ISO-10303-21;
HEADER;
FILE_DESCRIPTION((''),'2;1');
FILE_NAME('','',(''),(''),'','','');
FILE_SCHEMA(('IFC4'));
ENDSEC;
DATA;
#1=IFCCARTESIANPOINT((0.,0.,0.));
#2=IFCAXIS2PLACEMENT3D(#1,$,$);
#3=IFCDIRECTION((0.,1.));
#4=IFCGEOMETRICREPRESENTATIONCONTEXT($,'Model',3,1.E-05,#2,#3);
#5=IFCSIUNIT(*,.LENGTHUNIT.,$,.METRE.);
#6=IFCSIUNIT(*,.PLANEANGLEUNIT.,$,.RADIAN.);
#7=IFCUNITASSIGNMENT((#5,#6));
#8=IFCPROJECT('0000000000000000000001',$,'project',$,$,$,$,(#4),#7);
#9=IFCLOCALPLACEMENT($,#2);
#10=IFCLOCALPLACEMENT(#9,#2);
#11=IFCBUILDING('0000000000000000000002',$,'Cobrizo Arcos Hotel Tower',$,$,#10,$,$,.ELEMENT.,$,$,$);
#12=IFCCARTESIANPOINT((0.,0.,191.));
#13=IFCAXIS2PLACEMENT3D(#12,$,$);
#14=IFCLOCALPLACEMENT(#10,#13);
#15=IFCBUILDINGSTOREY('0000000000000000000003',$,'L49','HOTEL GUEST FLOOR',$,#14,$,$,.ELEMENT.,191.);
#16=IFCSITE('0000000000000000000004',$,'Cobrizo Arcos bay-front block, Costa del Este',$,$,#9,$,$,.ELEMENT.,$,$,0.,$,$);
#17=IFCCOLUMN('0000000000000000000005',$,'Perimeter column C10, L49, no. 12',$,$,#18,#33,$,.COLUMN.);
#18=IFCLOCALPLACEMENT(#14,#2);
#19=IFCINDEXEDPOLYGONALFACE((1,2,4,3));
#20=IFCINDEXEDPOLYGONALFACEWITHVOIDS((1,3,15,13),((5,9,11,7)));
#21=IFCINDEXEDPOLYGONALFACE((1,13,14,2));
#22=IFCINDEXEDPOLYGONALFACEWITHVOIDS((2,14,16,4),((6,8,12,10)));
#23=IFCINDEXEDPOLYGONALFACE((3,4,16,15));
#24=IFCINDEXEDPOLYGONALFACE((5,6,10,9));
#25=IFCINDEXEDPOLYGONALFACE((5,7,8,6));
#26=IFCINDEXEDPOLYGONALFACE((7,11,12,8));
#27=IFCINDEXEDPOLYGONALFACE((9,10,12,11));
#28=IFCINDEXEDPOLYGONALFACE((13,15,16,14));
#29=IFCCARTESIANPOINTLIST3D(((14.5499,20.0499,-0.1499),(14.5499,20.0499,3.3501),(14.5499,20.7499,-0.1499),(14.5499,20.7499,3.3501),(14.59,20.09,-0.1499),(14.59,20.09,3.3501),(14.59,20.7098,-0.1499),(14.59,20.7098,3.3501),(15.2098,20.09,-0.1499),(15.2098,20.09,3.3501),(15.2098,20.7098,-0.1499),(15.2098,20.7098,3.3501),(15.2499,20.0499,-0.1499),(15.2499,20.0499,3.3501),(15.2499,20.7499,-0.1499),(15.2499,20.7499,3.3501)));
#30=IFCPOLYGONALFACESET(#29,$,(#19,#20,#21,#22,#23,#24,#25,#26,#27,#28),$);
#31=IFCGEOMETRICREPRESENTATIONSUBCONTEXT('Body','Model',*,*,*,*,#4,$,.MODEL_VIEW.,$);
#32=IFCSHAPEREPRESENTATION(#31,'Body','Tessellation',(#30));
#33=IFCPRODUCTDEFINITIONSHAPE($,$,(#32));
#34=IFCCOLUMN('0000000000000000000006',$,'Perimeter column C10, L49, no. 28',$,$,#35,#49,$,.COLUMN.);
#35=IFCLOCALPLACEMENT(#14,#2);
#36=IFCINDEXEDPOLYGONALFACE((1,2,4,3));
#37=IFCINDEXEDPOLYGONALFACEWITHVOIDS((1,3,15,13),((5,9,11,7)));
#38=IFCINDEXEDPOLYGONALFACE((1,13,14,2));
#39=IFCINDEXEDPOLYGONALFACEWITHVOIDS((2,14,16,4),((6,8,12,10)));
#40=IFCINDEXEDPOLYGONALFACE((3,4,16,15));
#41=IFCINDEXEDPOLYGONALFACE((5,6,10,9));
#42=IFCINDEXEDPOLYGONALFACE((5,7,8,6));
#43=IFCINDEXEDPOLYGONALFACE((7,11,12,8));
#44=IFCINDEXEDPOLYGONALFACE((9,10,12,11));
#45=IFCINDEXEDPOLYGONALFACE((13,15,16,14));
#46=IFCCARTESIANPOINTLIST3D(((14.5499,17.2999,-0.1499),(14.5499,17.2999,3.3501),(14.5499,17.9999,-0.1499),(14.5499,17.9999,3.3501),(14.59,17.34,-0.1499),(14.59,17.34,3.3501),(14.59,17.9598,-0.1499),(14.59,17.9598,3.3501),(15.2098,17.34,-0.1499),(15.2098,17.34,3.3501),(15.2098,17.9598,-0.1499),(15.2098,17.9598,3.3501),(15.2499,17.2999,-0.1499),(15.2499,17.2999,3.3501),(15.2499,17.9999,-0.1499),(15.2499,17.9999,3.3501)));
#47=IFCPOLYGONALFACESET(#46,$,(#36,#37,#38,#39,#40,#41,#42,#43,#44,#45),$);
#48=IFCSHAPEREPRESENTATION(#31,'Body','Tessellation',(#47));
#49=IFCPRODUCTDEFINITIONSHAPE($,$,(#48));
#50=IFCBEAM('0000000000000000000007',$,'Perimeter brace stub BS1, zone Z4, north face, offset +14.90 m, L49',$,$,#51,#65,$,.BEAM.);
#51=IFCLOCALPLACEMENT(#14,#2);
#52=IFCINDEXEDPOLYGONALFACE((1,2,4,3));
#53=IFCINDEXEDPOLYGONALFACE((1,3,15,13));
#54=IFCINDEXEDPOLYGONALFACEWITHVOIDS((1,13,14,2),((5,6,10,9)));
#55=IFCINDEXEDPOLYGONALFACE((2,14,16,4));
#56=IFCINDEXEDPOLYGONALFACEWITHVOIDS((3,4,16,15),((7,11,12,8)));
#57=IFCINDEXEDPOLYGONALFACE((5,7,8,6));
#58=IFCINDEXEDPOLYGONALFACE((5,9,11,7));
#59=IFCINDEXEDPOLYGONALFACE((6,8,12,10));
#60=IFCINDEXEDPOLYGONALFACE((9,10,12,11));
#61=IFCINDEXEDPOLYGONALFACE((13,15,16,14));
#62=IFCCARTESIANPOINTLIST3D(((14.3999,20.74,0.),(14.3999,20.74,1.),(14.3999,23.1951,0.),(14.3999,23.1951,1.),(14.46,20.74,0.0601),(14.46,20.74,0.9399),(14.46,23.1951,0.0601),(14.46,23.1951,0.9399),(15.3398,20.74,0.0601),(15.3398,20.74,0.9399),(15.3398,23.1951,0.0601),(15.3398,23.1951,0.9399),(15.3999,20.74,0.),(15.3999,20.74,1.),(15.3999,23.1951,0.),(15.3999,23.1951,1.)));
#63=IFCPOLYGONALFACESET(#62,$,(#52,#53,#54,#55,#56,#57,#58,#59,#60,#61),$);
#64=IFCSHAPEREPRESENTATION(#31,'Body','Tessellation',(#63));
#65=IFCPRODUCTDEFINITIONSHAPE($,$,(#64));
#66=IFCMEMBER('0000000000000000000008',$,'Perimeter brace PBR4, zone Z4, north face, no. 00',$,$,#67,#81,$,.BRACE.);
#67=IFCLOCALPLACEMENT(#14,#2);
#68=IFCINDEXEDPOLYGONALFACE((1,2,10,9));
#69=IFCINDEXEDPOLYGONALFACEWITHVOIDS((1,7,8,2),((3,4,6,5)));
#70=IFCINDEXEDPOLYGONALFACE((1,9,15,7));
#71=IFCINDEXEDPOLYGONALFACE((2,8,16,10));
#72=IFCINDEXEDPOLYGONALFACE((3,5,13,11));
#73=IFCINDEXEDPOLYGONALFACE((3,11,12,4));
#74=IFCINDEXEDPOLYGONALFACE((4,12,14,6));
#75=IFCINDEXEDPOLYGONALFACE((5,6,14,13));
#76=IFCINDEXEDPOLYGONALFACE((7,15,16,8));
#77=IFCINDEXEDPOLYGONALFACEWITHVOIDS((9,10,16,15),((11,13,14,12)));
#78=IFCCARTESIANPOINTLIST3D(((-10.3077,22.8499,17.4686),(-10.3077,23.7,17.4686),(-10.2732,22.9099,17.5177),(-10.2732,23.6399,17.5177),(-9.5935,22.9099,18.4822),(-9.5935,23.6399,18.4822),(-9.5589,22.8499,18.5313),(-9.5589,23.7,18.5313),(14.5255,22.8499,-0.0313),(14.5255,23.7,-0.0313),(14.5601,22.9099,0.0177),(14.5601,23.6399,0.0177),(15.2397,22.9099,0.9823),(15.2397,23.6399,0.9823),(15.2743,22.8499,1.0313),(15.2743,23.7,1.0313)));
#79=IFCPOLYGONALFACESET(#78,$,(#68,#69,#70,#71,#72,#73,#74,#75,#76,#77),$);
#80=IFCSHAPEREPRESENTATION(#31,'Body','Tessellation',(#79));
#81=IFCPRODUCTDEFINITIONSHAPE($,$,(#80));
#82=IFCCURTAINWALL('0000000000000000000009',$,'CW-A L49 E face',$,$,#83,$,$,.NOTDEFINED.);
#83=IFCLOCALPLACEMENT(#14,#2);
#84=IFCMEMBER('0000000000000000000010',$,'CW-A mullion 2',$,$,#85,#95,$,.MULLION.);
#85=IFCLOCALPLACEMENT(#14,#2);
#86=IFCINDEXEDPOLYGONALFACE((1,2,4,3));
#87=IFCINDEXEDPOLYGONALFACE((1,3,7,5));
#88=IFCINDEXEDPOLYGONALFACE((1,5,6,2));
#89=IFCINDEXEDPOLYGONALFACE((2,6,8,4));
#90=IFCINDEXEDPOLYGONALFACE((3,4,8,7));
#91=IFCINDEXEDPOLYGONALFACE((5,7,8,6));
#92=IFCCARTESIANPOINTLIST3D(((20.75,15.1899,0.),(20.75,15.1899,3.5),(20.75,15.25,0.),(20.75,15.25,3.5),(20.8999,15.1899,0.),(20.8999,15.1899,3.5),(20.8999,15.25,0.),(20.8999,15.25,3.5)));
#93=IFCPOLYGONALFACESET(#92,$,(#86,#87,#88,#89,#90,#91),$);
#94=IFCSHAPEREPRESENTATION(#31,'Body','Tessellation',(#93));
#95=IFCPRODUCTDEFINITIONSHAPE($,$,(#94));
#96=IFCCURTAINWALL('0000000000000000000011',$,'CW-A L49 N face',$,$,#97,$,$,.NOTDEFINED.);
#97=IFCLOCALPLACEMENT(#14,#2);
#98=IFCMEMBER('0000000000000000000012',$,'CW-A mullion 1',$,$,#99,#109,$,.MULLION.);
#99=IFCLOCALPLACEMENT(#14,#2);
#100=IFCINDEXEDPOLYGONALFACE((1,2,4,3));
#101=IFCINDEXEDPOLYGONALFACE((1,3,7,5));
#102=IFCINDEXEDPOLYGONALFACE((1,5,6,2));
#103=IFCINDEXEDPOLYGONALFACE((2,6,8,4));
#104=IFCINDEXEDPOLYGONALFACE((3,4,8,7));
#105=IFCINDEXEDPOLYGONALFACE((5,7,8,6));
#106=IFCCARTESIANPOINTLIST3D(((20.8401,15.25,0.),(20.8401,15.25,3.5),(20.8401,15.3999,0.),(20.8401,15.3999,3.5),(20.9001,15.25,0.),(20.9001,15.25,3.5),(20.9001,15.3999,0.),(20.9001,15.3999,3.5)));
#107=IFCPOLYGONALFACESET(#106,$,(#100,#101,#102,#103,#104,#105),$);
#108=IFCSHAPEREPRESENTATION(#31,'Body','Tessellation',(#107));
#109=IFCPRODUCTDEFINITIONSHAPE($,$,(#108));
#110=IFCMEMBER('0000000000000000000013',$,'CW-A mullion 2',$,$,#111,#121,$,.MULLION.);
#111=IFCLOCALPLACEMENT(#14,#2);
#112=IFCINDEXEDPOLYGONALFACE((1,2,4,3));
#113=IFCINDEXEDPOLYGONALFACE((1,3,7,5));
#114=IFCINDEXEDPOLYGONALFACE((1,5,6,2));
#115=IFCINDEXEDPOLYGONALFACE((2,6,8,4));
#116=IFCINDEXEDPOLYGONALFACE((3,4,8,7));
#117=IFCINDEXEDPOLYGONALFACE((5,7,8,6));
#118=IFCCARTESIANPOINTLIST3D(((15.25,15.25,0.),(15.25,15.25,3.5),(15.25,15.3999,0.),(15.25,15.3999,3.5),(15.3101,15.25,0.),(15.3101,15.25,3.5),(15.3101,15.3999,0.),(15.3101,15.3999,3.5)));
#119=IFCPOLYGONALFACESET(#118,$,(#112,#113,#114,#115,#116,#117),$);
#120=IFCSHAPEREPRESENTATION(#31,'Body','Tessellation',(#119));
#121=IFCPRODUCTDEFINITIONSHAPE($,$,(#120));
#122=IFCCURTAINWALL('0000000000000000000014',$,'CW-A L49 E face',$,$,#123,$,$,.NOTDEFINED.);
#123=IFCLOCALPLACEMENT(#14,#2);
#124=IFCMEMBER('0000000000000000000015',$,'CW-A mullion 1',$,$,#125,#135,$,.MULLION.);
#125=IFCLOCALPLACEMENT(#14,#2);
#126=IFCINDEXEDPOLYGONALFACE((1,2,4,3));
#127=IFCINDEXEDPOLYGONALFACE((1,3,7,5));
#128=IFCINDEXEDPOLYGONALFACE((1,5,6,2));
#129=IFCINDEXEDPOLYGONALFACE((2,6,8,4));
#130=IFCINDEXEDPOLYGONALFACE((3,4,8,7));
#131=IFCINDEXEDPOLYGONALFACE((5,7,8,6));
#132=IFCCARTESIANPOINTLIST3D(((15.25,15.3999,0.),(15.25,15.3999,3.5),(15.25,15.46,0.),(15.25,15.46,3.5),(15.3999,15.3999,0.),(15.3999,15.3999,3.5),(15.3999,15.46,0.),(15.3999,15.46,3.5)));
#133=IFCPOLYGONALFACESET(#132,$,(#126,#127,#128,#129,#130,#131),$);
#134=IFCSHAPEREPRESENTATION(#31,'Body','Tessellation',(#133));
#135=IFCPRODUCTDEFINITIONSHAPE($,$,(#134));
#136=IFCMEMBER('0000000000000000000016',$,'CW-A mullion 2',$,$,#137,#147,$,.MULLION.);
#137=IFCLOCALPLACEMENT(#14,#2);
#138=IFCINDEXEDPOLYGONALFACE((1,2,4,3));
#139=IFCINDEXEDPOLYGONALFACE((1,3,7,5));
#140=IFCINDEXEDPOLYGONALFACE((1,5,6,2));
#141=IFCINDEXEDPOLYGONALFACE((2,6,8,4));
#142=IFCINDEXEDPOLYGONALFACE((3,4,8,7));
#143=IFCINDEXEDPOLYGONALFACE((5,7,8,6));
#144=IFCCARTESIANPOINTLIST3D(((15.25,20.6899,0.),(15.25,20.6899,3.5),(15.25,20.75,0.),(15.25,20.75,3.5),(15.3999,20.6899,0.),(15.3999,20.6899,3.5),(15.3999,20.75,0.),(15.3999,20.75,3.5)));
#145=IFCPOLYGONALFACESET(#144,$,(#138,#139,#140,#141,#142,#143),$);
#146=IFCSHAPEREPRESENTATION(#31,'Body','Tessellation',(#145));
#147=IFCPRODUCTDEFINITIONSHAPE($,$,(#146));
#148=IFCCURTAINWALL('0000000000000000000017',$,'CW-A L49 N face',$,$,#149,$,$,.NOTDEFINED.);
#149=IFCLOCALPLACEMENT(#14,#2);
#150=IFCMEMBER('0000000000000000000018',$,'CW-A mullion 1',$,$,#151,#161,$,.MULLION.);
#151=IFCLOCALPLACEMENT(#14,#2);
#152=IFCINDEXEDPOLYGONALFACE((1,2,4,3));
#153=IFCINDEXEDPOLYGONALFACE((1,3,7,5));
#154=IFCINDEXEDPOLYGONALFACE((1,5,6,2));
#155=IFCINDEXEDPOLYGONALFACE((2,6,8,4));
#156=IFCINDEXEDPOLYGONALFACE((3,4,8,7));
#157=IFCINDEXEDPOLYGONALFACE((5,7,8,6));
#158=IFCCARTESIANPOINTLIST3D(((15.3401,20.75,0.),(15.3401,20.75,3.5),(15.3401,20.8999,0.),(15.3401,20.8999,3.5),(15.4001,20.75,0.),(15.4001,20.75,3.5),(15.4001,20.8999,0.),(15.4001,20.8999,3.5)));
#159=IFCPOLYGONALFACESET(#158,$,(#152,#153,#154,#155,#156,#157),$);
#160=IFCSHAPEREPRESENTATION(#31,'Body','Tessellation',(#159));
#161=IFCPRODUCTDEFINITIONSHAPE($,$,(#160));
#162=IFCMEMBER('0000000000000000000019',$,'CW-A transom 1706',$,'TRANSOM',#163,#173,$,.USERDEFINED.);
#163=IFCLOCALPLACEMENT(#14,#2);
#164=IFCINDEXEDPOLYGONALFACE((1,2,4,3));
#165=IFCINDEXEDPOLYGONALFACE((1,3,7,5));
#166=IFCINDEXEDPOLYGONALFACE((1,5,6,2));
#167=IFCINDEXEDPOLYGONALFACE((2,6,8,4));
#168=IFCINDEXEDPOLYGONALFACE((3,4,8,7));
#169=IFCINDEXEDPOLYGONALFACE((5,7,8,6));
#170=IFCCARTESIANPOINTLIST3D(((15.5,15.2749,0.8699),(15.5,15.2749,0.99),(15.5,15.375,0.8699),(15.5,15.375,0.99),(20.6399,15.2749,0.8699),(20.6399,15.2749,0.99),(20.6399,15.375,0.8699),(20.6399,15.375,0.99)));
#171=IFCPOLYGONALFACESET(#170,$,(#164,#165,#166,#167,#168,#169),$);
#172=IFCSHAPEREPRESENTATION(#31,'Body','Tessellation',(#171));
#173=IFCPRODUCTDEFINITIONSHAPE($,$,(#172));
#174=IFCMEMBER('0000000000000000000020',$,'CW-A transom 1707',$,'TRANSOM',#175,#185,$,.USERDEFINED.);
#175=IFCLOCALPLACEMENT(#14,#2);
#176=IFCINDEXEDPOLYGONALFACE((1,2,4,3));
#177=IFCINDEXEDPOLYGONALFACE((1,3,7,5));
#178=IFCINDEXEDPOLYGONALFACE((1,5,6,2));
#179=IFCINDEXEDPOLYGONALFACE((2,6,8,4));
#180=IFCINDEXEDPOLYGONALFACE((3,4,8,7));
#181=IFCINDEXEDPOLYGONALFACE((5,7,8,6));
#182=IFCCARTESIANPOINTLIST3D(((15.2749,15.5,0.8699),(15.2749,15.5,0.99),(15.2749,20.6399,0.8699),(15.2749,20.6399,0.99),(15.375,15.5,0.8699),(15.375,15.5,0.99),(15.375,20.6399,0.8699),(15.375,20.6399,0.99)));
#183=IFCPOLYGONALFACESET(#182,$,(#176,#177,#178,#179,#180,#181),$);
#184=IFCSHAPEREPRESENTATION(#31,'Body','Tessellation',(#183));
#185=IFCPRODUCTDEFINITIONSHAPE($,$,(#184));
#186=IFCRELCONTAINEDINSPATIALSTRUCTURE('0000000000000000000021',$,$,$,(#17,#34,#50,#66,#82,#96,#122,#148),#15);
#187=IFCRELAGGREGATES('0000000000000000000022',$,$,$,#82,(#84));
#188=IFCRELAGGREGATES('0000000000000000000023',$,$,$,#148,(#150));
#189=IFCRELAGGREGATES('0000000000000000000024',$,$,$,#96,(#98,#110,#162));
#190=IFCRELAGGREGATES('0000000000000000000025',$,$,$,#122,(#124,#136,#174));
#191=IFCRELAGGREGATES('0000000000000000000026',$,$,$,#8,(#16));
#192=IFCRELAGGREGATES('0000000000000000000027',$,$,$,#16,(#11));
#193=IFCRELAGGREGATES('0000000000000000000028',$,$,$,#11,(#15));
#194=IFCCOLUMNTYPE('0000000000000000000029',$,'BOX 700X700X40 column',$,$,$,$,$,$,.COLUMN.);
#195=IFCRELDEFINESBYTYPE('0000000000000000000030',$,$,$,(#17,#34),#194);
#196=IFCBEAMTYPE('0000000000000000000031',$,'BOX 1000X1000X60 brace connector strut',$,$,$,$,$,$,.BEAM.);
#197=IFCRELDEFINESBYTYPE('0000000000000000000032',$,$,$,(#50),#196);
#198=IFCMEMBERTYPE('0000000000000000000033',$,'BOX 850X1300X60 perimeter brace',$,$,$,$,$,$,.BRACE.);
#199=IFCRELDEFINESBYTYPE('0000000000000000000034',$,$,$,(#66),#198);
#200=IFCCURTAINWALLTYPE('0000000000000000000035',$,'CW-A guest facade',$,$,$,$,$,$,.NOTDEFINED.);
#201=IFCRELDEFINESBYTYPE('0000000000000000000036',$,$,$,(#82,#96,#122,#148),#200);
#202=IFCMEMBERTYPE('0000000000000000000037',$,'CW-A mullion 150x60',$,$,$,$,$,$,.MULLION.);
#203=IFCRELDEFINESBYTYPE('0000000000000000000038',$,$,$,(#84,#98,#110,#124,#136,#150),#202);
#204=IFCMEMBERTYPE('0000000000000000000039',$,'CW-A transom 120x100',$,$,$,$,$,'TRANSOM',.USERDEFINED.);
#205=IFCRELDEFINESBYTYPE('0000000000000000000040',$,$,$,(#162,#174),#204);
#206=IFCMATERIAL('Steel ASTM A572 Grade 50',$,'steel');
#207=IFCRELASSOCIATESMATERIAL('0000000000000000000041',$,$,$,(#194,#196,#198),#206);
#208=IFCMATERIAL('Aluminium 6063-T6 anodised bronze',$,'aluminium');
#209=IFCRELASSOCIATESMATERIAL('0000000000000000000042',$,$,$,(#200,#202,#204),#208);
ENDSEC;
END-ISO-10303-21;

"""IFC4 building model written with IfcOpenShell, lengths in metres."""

from ifc_helpers import new_model, si_unit, direction, frame, origin, origin_2d, place, context, subcontext, project, spatial, rectangle, hollow_rectangle, extrude, material, material_profile, profile_set, type_object, element, aggregate, save


model = new_model("IFC4")

# Units and contexts
model_context = context("Model", 3, precision=1e-05, world=origin(), true_north=direction((0.0, 1.0)))
body_context = subcontext(model_context, "Body", "Model", "MODEL_VIEW")
ifc_project = project(units=[si_unit("LENGTHUNIT", "METRE"), si_unit("PLANEANGLEUNIT", "RADIAN")], contexts=[model_context])

# Site, building, storey
site_placement = place(None, origin())
site = spatial("IfcSite", under=ifc_project, at=site_placement, Name="Cobrizo Arcos bay-front block, Costa del Este", CompositionType="ELEMENT", RefElevation=0.0)
building_placement = place(site_placement, origin())
building = spatial("IfcBuilding", under=site, at=building_placement, Name="Cobrizo Arcos Hotel Tower", CompositionType="ELEMENT")
storey_placement = place(building_placement, frame((0.0, 0.0, 191.0)))
storey = spatial("IfcBuildingStorey", under=building, at=storey_placement, Name="L49", Description="HOTEL GUEST FLOOR", CompositionType="ELEMENT", Elevation=191.0)

# Columns
ifc_material_1 = material(Name="Steel ASTM A572 Grade 50", Category="steel")
ifc_material_profile_1 = material_profile(ifc_material_1, hollow_rectangle(XDim=0.7, YDim=0.7, WallThickness=0.04, at=origin_2d()), Name="BOX 700X700X40")
ifc_profile_set_1 = profile_set([ifc_material_profile_1], Name="Steel ASTM A572 Grade 50")
column_type = type_object("IfcColumnType", Name="BOX 700X700X40 column", PredefinedType="COLUMN", material=ifc_profile_set_1)
for number, where, z_axis, x_axis, name in (
    (1, (14.8999, 20.3999, -0.1499), (0.0, 0.0, 1.0), (1.0, 0.0, 0.0), "Perimeter column C10, L49, no. 12"),
    (2, (14.8999, 17.6499, -0.1499), (0.0, 0.0, 1.0), (1.0, 0.0, 0.0), "Perimeter column C10, L49, no. 28"),
):
    element("IfcColumn", number, at=place(storey_placement, frame(where, z_axis=z_axis, x_axis=x_axis)), inside=storey, type_object=column_type, Name=name, PredefinedType="COLUMN", context=body_context, shape_type="SweptSolid", body=[
        extrude(hollow_rectangle(XDim=0.7, YDim=0.7, WallThickness=0.04, at=origin_2d()), origin(), (0.0, 0.0, 1.0), 3.5),
    ])

# Beam
ifc_material_profile_2 = material_profile(ifc_material_1, hollow_rectangle(XDim=1.0, YDim=1.0, WallThickness=0.0601, at=origin_2d()), Name="BOX 1000X1000X60")
ifc_profile_set_2 = profile_set([ifc_material_profile_2], Name="Steel ASTM A572 Grade 50")
beam_type_1 = type_object("IfcBeamType", Name="BOX 1000X1000X60 brace connector strut", PredefinedType="BEAM", material=ifc_profile_set_2)
beam_1_placement = place(storey_placement, frame((14.8999, 20.74, 0.5), z_axis=(0.0, 1.0, 0.0), x_axis=(-1.0, 0.0, 0.0)))
element("IfcBeam", 3, at=beam_1_placement, inside=storey, type_object=beam_type_1, Name="Perimeter brace stub BS1, zone Z4, north face, offset +14.90 m, L49", PredefinedType="BEAM", context=body_context, shape_type="SweptSolid", body=[
    extrude(hollow_rectangle(XDim=1.0, YDim=1.0, WallThickness=0.0601, at=origin_2d()), origin(), (0.0, 0.0, 1.0), 2.4551),
])

# Member
ifc_material_profile_3 = material_profile(ifc_material_1, hollow_rectangle(XDim=0.8501, YDim=1.3, WallThickness=0.0601, at=origin_2d()), Name="BOX 850X1300X60")
ifc_profile_set_3 = profile_set([ifc_material_profile_3], Name="Steel ASTM A572 Grade 50")
member_type_1 = type_object("IfcMemberType", Name="BOX 850X1300X60 perimeter brace", PredefinedType="BRACE", material=ifc_profile_set_3)
member_1_placement = place(storey_placement, frame((14.8999, 23.2749, 0.5), z_axis=(-0.817423, 0.0, 0.576038), x_axis=(0.0, -1.0, 0.0)))
element("IfcMember", 4, at=member_1_placement, inside=storey, type_object=member_type_1, Name="Perimeter brace PBR4, zone Z4, north face, no. 00", PredefinedType="BRACE", context=body_context, shape_type="SweptSolid", body=[
    extrude(hollow_rectangle(XDim=0.8501, YDim=1.3, WallThickness=0.0601, at=origin_2d()), origin(), (0.0, 0.0, 1.0), 30.3799),
])

# Curtain wall, member
ifc_material_2 = material(Name="Aluminium 6063-T6 anodised bronze", Category="aluminium")
curtain_wall_type = type_object("IfcCurtainWallType", Name="CW-A guest facade", PredefinedType="NOTDEFINED", material=ifc_material_2)
curtain_wall_1_placement = place(storey_placement, origin())
curtain_wall_1 = element("IfcCurtainWall", 5, at=curtain_wall_1_placement, inside=storey, type_object=curtain_wall_type, Name="CW-A L49 E face", PredefinedType="NOTDEFINED")
ifc_material_profile_4 = material_profile(ifc_material_2, rectangle(XDim=0.1499, YDim=0.0601, at=origin_2d()), Name="CW-A mullion 150x60")
ifc_profile_set_4 = profile_set([ifc_material_profile_4], Name="Aluminium 6063-T6 anodised bronze")
member_type_2 = type_object("IfcMemberType", Name="CW-A mullion 150x60", PredefinedType="MULLION", material=ifc_profile_set_4)
member_2_placement = place(storey_placement, frame((20.825, 15.22, 0.0), z_axis=(0.0, 0.0, 1.0), x_axis=(1.0, 0.0, 0.0)))
member_2 = element("IfcMember", 6, at=member_2_placement, type_object=member_type_2, Name="CW-A mullion 2", PredefinedType="MULLION", context=body_context, shape_type="SweptSolid", body=[
    extrude(rectangle(XDim=0.1499, YDim=0.0601, at=origin_2d()), origin(), (0.0, 0.0, 1.0), 3.5),
])
aggregate(curtain_wall_1, [member_2])

# Curtain walls, members
curtain_wall_2_placement = place(storey_placement, origin())
curtain_wall_2 = element("IfcCurtainWall", 7, at=curtain_wall_2_placement, inside=storey, type_object=curtain_wall_type, Name="CW-A L49 N face", PredefinedType="NOTDEFINED")
member_3_placement = place(storey_placement, frame((20.8701, 15.325, 0.0), z_axis=(0.0, 0.0, 1.0), x_axis=(0.0, 1.0, 0.0)))
member_3 = element("IfcMember", 8, at=member_3_placement, type_object=member_type_2, Name="CW-A mullion 1", PredefinedType="MULLION", context=body_context, shape_type="SweptSolid", body=[
    extrude(rectangle(XDim=0.1499, YDim=0.0601, at=origin_2d()), origin(), (0.0, 0.0, 1.0), 3.5),
])
member_4_placement = place(storey_placement, frame((15.28, 15.325, 0.0), z_axis=(0.0, 0.0, 1.0), x_axis=(0.0, 1.0, 0.0)))
member_4 = element("IfcMember", 9, at=member_4_placement, type_object=member_type_2, Name="CW-A mullion 2", PredefinedType="MULLION", context=body_context, shape_type="SweptSolid", body=[
    extrude(rectangle(XDim=0.1499, YDim=0.0601, at=origin_2d()), origin(), (0.0, 0.0, 1.0), 3.5),
])
curtain_wall_3_placement = place(storey_placement, origin())
curtain_wall_3 = element("IfcCurtainWall", 10, at=curtain_wall_3_placement, inside=storey, type_object=curtain_wall_type, Name="CW-A L49 E face", PredefinedType="NOTDEFINED")
member_5_placement = place(storey_placement, frame((15.325, 15.4299, 0.0), z_axis=(0.0, 0.0, 1.0), x_axis=(1.0, 0.0, 0.0)))
member_5 = element("IfcMember", 11, at=member_5_placement, type_object=member_type_2, Name="CW-A mullion 1", PredefinedType="MULLION", context=body_context, shape_type="SweptSolid", body=[
    extrude(rectangle(XDim=0.1499, YDim=0.0601, at=origin_2d()), origin(), (0.0, 0.0, 1.0), 3.5),
])
member_6_placement = place(storey_placement, frame((15.325, 20.72, 0.0), z_axis=(0.0, 0.0, 1.0), x_axis=(1.0, 0.0, 0.0)))
member_6 = element("IfcMember", 12, at=member_6_placement, type_object=member_type_2, Name="CW-A mullion 2", PredefinedType="MULLION", context=body_context, shape_type="SweptSolid", body=[
    extrude(rectangle(XDim=0.1499, YDim=0.0601, at=origin_2d()), origin(), (0.0, 0.0, 1.0), 3.5),
])

# Curtain wall, member
curtain_wall_4_placement = place(storey_placement, origin())
curtain_wall_4 = element("IfcCurtainWall", 13, at=curtain_wall_4_placement, inside=storey, type_object=curtain_wall_type, Name="CW-A L49 N face", PredefinedType="NOTDEFINED")
member_7_placement = place(storey_placement, frame((15.3701, 20.825, 0.0), z_axis=(0.0, 0.0, 1.0), x_axis=(0.0, 1.0, 0.0)))
member_7 = element("IfcMember", 14, at=member_7_placement, type_object=member_type_2, Name="CW-A mullion 1", PredefinedType="MULLION", context=body_context, shape_type="SweptSolid", body=[
    extrude(rectangle(XDim=0.1499, YDim=0.0601, at=origin_2d()), origin(), (0.0, 0.0, 1.0), 3.5),
])
aggregate(curtain_wall_4, [member_7])

# Members
ifc_material_profile_5 = material_profile(ifc_material_2, rectangle(XDim=0.1001, YDim=0.1201, at=origin_2d()), Name="CW-A transom 120x100")
ifc_profile_set_5 = profile_set([ifc_material_profile_5], Name="Aluminium 6063-T6 anodised bronze")
member_type_3 = type_object("IfcMemberType", Name="CW-A transom 120x100", ElementType="TRANSOM", PredefinedType="USERDEFINED", material=ifc_profile_set_5)
member_8_placement = place(storey_placement, frame((20.6399, 15.325, 0.9299), z_axis=(-1.0, 0.0, 0.0), x_axis=(0.0, -1.0, 0.0)))
member_8 = element("IfcMember", 15, at=member_8_placement, type_object=member_type_3, Name="CW-A transom 1706", ObjectType="TRANSOM", PredefinedType="USERDEFINED", context=body_context, shape_type="SweptSolid", body=[
    extrude(rectangle(XDim=0.1001, YDim=0.1201, at=origin_2d()), origin(), (0.0, 0.0, 1.0), 5.1399),
])
member_9_placement = place(storey_placement, frame((15.325, 15.5, 0.9299), z_axis=(0.0, 1.0, 0.0), x_axis=(-1.0, 0.0, 0.0)))
member_9 = element("IfcMember", 16, at=member_9_placement, type_object=member_type_3, Name="CW-A transom 1707", ObjectType="TRANSOM", PredefinedType="USERDEFINED", context=body_context, shape_type="SweptSolid", body=[
    extrude(rectangle(XDim=0.1001, YDim=0.1201, at=origin_2d()), origin(), (0.0, 0.0, 1.0), 5.1399),
])

aggregate(curtain_wall_2, [member_3, member_4, member_8])
aggregate(curtain_wall_3, [member_5, member_6, member_9])

save(model, "model.ifc")
